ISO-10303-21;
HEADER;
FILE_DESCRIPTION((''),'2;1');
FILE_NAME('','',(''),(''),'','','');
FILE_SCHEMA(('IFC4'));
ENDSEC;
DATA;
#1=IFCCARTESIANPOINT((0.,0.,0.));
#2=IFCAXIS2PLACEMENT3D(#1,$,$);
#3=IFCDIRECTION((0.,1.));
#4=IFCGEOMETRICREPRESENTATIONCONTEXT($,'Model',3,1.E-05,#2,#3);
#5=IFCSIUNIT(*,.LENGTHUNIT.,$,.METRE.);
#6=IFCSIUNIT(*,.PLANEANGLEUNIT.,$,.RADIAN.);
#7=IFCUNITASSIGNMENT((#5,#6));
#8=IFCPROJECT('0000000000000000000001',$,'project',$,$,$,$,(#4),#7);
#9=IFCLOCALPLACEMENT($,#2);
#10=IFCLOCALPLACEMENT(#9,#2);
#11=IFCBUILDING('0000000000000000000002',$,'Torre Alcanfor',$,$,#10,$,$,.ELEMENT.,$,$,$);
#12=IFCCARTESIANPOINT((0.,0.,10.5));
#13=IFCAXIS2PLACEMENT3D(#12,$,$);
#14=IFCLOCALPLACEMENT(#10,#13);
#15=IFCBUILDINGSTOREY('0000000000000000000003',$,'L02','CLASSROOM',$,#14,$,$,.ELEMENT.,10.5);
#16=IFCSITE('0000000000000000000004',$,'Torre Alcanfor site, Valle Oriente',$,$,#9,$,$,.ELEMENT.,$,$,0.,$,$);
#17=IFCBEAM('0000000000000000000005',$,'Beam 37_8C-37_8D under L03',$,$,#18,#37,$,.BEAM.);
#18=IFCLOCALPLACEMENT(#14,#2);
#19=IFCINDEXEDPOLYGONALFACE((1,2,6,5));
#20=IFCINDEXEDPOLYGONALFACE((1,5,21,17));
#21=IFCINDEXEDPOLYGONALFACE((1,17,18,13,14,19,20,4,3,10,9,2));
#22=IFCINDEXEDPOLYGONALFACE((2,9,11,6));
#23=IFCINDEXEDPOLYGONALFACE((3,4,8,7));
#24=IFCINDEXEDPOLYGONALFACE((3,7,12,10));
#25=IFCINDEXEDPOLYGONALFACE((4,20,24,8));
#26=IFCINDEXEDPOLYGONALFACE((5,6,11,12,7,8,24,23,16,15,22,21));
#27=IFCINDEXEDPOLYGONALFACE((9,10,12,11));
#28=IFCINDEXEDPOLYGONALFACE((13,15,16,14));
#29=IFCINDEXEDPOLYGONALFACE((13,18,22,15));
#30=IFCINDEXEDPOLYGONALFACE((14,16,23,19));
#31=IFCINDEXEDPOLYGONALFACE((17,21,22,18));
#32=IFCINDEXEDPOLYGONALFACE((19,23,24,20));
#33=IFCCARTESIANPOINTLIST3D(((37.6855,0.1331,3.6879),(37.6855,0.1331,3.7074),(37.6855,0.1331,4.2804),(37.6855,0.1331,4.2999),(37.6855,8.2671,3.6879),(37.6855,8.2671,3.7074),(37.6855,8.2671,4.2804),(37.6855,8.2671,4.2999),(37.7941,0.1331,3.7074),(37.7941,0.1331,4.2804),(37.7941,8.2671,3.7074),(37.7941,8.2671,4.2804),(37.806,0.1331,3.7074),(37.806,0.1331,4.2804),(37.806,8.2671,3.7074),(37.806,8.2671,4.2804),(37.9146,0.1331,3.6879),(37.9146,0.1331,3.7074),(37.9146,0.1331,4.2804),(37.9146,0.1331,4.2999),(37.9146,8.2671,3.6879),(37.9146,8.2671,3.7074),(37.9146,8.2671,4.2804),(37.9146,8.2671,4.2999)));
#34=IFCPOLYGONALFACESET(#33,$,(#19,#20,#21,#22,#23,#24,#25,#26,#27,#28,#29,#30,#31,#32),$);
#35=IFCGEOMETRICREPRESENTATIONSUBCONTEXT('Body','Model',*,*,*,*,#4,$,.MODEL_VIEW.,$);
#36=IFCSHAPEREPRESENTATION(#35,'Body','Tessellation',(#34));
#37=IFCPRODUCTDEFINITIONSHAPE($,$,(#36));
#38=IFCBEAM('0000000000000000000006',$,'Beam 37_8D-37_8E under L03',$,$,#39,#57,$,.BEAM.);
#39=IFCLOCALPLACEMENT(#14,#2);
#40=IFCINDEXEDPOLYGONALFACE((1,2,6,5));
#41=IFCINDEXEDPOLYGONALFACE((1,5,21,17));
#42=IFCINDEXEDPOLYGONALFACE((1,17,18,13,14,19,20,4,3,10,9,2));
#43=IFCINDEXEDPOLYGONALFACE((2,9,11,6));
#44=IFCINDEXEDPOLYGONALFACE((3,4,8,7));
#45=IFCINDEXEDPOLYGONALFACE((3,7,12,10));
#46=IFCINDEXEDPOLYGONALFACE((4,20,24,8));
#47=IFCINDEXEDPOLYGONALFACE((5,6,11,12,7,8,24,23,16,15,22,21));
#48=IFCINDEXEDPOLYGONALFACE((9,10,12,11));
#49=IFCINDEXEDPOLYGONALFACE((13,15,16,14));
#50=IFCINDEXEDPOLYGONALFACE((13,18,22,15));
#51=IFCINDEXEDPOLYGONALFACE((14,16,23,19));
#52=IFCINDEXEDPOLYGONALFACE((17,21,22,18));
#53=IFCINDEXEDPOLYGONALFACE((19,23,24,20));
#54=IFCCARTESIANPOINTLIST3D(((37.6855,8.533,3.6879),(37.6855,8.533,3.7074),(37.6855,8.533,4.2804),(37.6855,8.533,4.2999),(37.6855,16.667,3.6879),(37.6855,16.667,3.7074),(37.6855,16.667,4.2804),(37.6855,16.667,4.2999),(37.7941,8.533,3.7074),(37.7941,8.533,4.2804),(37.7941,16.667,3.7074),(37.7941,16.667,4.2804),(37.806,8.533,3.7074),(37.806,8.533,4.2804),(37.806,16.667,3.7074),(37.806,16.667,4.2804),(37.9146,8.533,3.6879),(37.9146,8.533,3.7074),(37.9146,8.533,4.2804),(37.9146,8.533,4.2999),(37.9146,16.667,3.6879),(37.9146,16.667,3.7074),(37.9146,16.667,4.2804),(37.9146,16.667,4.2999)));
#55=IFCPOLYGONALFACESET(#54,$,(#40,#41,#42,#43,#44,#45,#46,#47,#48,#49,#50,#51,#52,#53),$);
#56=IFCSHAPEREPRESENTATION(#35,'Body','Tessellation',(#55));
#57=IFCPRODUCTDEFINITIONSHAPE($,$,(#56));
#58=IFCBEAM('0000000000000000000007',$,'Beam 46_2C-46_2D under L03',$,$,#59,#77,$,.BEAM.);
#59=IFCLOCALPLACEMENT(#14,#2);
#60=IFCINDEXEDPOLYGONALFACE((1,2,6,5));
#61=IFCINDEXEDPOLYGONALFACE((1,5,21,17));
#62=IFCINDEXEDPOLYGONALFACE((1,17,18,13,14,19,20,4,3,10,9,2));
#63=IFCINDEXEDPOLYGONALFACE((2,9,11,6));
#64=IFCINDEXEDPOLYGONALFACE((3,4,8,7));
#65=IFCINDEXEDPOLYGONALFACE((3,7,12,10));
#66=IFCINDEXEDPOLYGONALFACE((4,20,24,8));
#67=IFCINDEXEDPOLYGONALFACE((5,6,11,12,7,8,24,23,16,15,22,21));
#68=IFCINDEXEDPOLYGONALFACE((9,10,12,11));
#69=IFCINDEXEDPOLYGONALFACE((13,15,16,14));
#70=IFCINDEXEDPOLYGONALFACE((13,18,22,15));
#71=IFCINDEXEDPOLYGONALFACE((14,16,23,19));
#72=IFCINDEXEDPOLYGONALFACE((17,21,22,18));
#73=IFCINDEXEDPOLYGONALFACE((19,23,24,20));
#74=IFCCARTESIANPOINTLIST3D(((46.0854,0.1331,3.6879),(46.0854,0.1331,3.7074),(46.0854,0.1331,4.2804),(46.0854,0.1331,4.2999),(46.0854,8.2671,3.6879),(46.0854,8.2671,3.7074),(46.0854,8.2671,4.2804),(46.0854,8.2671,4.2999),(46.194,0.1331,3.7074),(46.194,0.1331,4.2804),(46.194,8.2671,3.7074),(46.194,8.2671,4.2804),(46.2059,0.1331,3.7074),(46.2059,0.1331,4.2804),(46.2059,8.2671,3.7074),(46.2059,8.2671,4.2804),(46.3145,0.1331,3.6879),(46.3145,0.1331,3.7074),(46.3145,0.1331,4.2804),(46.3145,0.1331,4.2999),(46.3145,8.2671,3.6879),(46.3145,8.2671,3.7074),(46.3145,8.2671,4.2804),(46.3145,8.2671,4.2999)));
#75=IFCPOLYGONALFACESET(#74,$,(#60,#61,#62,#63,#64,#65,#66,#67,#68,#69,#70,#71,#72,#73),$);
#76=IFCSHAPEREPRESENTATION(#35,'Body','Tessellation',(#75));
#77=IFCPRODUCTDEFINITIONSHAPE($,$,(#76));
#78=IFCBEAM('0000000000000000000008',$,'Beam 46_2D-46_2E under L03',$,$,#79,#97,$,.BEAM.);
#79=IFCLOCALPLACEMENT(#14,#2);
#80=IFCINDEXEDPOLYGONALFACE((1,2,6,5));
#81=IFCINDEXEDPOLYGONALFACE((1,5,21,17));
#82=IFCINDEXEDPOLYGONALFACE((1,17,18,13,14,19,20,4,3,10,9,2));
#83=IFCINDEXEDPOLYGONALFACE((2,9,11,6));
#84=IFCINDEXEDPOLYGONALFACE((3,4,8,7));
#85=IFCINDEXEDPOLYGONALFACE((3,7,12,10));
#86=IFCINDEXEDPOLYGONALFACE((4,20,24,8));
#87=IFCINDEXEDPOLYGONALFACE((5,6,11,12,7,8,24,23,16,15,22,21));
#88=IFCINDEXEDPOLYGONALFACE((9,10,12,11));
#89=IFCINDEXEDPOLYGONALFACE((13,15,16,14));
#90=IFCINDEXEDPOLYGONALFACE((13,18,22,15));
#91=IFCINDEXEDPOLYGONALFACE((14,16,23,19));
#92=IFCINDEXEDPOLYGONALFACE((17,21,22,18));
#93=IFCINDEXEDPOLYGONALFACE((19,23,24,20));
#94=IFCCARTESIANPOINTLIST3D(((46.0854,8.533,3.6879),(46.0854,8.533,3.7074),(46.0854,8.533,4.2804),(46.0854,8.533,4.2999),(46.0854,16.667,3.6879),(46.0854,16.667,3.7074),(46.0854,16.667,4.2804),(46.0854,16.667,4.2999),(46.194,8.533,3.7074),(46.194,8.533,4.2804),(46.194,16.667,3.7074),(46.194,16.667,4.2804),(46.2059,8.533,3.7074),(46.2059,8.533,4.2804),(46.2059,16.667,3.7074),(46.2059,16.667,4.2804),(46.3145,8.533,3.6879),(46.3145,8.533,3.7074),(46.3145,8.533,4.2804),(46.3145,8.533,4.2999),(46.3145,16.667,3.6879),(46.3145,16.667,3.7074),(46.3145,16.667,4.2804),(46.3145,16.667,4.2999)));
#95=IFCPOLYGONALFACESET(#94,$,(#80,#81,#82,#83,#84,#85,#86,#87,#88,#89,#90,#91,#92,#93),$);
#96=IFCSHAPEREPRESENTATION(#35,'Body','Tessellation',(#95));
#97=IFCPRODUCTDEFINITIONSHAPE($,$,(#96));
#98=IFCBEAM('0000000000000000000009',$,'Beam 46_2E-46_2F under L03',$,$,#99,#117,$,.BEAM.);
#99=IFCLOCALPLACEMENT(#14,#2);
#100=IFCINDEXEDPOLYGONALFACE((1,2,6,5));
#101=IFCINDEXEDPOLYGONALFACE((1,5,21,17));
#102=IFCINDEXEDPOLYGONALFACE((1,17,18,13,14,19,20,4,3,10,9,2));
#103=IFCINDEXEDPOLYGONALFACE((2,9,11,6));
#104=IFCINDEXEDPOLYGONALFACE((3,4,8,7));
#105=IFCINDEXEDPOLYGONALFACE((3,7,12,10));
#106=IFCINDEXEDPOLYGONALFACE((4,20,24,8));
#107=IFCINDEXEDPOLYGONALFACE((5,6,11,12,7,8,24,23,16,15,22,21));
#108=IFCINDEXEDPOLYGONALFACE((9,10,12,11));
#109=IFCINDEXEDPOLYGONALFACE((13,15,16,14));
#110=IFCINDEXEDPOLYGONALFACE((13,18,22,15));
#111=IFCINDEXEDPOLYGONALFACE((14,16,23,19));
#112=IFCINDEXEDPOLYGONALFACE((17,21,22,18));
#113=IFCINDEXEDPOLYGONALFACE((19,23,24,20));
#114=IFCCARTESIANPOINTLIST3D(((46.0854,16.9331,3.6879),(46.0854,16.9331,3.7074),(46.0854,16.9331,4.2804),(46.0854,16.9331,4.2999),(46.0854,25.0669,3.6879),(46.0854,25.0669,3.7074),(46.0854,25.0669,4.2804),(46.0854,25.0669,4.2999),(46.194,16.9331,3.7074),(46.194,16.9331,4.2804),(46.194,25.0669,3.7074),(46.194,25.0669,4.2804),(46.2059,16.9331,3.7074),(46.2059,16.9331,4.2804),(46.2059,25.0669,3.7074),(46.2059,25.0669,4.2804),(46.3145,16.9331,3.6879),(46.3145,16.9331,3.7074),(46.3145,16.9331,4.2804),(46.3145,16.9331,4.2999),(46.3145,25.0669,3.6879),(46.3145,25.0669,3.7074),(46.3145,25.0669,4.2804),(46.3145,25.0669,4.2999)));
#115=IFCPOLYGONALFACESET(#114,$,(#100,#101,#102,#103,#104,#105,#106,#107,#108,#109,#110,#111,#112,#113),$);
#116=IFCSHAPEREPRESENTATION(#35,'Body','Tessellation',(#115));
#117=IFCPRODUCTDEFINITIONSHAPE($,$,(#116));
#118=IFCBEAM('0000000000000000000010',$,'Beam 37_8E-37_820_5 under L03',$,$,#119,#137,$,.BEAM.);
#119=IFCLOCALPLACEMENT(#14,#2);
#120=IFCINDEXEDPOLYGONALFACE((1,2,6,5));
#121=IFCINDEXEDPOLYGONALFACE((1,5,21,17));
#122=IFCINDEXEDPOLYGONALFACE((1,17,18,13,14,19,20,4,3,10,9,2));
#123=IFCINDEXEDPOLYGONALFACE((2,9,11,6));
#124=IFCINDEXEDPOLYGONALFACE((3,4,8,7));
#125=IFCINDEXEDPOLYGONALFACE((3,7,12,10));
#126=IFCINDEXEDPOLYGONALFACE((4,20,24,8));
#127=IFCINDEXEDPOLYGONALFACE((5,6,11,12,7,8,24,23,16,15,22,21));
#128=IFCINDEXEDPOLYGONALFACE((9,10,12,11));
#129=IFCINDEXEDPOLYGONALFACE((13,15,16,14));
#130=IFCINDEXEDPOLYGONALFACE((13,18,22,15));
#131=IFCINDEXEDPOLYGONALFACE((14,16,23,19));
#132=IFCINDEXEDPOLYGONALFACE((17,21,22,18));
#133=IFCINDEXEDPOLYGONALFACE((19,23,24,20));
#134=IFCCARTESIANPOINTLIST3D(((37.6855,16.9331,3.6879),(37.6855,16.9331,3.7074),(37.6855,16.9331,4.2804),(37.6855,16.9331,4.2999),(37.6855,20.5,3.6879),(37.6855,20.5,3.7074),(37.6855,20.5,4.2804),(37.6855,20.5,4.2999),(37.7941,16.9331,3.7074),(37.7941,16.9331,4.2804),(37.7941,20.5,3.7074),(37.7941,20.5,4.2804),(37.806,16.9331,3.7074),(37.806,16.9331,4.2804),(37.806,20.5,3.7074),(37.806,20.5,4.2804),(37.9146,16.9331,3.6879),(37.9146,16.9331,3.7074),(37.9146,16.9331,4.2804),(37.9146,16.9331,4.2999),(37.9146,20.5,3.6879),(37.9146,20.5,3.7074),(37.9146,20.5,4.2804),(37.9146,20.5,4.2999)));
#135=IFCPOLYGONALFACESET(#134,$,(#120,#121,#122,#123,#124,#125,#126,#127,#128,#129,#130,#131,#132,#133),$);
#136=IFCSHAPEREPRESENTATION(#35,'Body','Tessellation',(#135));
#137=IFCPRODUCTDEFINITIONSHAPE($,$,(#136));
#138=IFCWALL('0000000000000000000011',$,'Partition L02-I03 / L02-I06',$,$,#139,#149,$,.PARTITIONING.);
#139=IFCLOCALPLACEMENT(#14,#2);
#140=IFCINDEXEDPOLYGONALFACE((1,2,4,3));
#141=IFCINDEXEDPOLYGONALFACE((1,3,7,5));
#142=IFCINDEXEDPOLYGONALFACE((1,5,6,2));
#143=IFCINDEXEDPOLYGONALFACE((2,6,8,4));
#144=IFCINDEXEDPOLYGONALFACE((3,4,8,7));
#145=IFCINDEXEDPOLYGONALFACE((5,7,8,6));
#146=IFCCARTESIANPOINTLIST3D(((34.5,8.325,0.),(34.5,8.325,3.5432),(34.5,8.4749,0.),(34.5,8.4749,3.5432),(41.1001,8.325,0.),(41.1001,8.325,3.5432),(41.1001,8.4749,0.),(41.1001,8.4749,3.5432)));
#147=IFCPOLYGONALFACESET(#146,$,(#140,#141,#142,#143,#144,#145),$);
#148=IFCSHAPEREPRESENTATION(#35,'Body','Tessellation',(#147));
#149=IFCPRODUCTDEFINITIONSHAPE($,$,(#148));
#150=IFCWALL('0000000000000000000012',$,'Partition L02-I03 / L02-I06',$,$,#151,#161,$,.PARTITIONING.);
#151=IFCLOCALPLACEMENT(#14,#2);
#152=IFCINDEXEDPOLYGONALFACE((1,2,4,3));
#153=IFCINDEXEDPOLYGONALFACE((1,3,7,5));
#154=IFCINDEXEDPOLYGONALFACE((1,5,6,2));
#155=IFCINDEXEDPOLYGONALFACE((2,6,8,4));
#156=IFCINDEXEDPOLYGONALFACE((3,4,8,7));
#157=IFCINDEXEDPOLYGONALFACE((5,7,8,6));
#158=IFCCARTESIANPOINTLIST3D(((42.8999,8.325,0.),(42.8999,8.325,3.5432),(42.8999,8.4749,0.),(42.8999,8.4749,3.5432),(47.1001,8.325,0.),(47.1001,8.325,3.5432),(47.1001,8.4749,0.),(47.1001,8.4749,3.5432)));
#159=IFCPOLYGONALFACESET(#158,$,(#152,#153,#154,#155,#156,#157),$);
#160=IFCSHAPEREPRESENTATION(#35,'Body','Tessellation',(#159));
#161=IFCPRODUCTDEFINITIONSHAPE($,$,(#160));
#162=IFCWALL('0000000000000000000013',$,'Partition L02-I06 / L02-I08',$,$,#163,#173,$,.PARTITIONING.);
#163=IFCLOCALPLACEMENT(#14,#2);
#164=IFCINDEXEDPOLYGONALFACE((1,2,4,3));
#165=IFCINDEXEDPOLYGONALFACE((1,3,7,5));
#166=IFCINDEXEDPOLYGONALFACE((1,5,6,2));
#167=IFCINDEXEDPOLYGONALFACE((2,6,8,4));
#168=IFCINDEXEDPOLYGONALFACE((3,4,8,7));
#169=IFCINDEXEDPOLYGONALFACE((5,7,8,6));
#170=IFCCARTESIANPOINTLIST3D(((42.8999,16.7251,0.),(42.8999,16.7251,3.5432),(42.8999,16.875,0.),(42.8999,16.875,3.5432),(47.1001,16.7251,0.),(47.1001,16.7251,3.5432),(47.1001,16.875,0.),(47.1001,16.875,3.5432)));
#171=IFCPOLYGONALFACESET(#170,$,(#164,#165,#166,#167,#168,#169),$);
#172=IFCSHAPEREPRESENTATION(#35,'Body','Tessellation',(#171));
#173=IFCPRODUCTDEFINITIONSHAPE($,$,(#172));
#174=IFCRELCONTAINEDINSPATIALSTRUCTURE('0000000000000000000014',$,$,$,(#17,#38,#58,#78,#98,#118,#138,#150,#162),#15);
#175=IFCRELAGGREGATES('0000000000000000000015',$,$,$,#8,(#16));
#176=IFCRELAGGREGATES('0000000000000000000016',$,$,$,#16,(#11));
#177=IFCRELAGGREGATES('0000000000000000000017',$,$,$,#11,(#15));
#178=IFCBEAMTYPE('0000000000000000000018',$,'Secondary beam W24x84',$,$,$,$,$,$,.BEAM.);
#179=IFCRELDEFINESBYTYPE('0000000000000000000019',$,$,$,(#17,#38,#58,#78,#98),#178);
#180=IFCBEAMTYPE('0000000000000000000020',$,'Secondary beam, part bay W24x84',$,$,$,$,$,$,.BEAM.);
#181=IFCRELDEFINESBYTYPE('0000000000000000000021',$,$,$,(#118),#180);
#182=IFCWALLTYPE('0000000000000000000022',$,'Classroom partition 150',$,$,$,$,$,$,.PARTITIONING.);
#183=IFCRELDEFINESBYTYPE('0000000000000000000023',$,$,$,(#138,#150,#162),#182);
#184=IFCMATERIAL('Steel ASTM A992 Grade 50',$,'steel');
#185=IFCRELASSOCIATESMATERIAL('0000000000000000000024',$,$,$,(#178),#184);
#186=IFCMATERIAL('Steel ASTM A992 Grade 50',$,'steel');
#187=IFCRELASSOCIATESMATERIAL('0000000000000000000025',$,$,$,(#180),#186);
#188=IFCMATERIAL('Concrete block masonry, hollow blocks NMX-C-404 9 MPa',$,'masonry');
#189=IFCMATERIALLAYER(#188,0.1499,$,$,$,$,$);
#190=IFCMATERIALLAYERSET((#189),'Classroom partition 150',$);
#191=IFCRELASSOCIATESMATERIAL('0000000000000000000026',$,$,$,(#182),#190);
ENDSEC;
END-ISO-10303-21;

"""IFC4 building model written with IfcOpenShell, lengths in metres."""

from ifc_helpers import new_model, si_unit, direction, frame, frame_2d, origin, origin_2d, place, context, subcontext, project, spatial, rectangle, i_section, extrude, material, layer, layer_set, material_profile, profile_set, type_object, element, save


model = new_model("IFC4")

# Units and contexts
model_context = context("Model", 3, precision=1e-05, world=origin(), true_north=direction((0.0, 1.0)))
body_context = subcontext(model_context, "Body", "Model", "MODEL_VIEW")
ifc_project = project(units=[si_unit("LENGTHUNIT", "METRE"), si_unit("PLANEANGLEUNIT", "RADIAN")], contexts=[model_context])

# Site, building, storey
site_placement = place(None, origin())
site = spatial("IfcSite", under=ifc_project, at=site_placement, Name="Torre Alcanfor site, Valle Oriente", CompositionType="ELEMENT", RefElevation=0.0)
building_placement = place(site_placement, origin())
building = spatial("IfcBuilding", under=site, at=building_placement, Name="Torre Alcanfor", CompositionType="ELEMENT")
storey_placement = place(building_placement, frame((0.0, 0.0, 10.5)))
storey = spatial("IfcBuildingStorey", under=building, at=storey_placement, Name="L02", Description="CLASSROOM", CompositionType="ELEMENT", Elevation=10.5)

# Beams
ifc_material_1 = material(Name="Steel ASTM A992 Grade 50", Category="steel")
ifc_material_profile_1 = material_profile(ifc_material_1, i_section(OverallWidth=0.229, OverallDepth=0.6121, WebThickness=0.012, FlangeThickness=0.0195, at=origin_2d()), Name="W24x84")
ifc_profile_set_1 = profile_set([ifc_material_profile_1], Name="Steel ASTM A992 Grade 50")
beam_type_1 = type_object("IfcBeamType", Name="Secondary beam W24x84", PredefinedType="BEAM", material=ifc_profile_set_1)
for number, where, z_axis, x_axis, name in (
    (1, (37.8, 0.1331, 3.9939), (0.0, 1.0, 0.0), (-1.0, 0.0, 0.0), "Beam 37_8C-37_8D under L03"),
    (2, (37.8, 8.533, 3.9939), (0.0, 1.0, 0.0), (-1.0, 0.0, 0.0), "Beam 37_8D-37_8E under L03"),
    (3, (46.2, 0.1331, 3.9939), (0.0, 1.0, 0.0), (-1.0, 0.0, 0.0), "Beam 46_2C-46_2D under L03"),
    (4, (46.2, 8.533, 3.9939), (0.0, 1.0, 0.0), (-1.0, 0.0, 0.0), "Beam 46_2D-46_2E under L03"),
):
    element("IfcBeam", number, at=place(storey_placement, frame(where, z_axis=z_axis, x_axis=x_axis)), inside=storey, type_object=beam_type_1, Name=name, PredefinedType="BEAM", context=body_context, shape_type="SweptSolid", body=[
        extrude(i_section(OverallWidth=0.229, OverallDepth=0.6121, WebThickness=0.012, FlangeThickness=0.0195, at=origin_2d()), origin(), (0.0, 0.0, 1.0), 8.134),
    ])
beam_1_placement = place(storey_placement, frame((46.2, 16.9331, 3.9939), z_axis=(0.0, 1.0, 0.0), x_axis=(-1.0, 0.0, 0.0)))
element("IfcBeam", 5, at=beam_1_placement, inside=storey, type_object=beam_type_1, Name="Beam 46_2E-46_2F under L03", PredefinedType="BEAM", context=body_context, shape_type="SweptSolid", body=[
    extrude(i_section(OverallWidth=0.229, OverallDepth=0.6121, WebThickness=0.012, FlangeThickness=0.0195, at=origin_2d()), origin(), (0.0, 0.0, 1.0), 8.1338),
])
ifc_material_2 = material(Name="Steel ASTM A992 Grade 50", Category="steel")
ifc_material_profile_2 = material_profile(ifc_material_2, i_section(OverallWidth=0.229, OverallDepth=0.6121, WebThickness=0.012, FlangeThickness=0.0195, at=origin_2d()), Name="W24x84")
ifc_profile_set_2 = profile_set([ifc_material_profile_2], Name="Steel ASTM A992 Grade 50")
beam_type_2 = type_object("IfcBeamType", Name="Secondary beam, part bay W24x84", PredefinedType="BEAM", material=ifc_profile_set_2)
beam_2_placement = place(storey_placement, frame((37.8, 16.9331, 3.9939), z_axis=(0.0, 1.0, 0.0), x_axis=(-1.0, 0.0, 0.0)))
element("IfcBeam", 6, at=beam_2_placement, inside=storey, type_object=beam_type_2, Name="Beam 37_8E-37_820_5 under L03", PredefinedType="BEAM", context=body_context, shape_type="SweptSolid", body=[
    extrude(i_section(OverallWidth=0.229, OverallDepth=0.6121, WebThickness=0.012, FlangeThickness=0.0195, at=origin_2d()), origin(), (0.0, 0.0, 1.0), 3.5669),
])

# Walls
ifc_material_3 = material(Name="Concrete block masonry, hollow blocks NMX-C-404 9 MPa", Category="masonry")
ifc_layer_1 = layer(ifc_material_3, 0.1499)
ifc_layer_set_1 = layer_set([ifc_layer_1], Name="Classroom partition 150")
wall_type_1 = type_object("IfcWallType", Name="Classroom partition 150", PredefinedType="PARTITIONING", material=ifc_layer_set_1)
wall_1_placement = place(storey_placement, frame((34.5, 8.3999, 0.0), z_axis=(0.0, 0.0, 1.0), x_axis=(1.0, 0.0, 0.0)))
element("IfcWall", 7, at=wall_1_placement, inside=storey, type_object=wall_type_1, Name="Partition L02-I03 / L02-I06", PredefinedType="PARTITIONING", context=body_context, shape_type="SweptSolid", body=[
    extrude(rectangle(XDim=6.6001, YDim=0.1499, at=frame_2d((3.3, 0.0))), origin(), (0.0, 0.0, 1.0), 3.5432),
])
for number, where, z_axis, x_axis, name in (
    (8, (42.8999, 8.3999, 0.0), (0.0, 0.0, 1.0), (1.0, 0.0, 0.0), "Partition L02-I03 / L02-I06"),
    (9, (42.8999, 16.8, 0.0), (0.0, 0.0, 1.0), (1.0, 0.0, 0.0), "Partition L02-I06 / L02-I08"),
):
    element("IfcWall", number, at=place(storey_placement, frame(where, z_axis=z_axis, x_axis=x_axis)), inside=storey, type_object=wall_type_1, Name=name, PredefinedType="PARTITIONING", context=body_context, shape_type="SweptSolid", body=[
        extrude(rectangle(XDim=4.2002, YDim=0.1499, at=frame_2d((2.1001, 0.0))), origin(), (0.0, 0.0, 1.0), 3.5432),
    ])

save(model, "model.ifc")
